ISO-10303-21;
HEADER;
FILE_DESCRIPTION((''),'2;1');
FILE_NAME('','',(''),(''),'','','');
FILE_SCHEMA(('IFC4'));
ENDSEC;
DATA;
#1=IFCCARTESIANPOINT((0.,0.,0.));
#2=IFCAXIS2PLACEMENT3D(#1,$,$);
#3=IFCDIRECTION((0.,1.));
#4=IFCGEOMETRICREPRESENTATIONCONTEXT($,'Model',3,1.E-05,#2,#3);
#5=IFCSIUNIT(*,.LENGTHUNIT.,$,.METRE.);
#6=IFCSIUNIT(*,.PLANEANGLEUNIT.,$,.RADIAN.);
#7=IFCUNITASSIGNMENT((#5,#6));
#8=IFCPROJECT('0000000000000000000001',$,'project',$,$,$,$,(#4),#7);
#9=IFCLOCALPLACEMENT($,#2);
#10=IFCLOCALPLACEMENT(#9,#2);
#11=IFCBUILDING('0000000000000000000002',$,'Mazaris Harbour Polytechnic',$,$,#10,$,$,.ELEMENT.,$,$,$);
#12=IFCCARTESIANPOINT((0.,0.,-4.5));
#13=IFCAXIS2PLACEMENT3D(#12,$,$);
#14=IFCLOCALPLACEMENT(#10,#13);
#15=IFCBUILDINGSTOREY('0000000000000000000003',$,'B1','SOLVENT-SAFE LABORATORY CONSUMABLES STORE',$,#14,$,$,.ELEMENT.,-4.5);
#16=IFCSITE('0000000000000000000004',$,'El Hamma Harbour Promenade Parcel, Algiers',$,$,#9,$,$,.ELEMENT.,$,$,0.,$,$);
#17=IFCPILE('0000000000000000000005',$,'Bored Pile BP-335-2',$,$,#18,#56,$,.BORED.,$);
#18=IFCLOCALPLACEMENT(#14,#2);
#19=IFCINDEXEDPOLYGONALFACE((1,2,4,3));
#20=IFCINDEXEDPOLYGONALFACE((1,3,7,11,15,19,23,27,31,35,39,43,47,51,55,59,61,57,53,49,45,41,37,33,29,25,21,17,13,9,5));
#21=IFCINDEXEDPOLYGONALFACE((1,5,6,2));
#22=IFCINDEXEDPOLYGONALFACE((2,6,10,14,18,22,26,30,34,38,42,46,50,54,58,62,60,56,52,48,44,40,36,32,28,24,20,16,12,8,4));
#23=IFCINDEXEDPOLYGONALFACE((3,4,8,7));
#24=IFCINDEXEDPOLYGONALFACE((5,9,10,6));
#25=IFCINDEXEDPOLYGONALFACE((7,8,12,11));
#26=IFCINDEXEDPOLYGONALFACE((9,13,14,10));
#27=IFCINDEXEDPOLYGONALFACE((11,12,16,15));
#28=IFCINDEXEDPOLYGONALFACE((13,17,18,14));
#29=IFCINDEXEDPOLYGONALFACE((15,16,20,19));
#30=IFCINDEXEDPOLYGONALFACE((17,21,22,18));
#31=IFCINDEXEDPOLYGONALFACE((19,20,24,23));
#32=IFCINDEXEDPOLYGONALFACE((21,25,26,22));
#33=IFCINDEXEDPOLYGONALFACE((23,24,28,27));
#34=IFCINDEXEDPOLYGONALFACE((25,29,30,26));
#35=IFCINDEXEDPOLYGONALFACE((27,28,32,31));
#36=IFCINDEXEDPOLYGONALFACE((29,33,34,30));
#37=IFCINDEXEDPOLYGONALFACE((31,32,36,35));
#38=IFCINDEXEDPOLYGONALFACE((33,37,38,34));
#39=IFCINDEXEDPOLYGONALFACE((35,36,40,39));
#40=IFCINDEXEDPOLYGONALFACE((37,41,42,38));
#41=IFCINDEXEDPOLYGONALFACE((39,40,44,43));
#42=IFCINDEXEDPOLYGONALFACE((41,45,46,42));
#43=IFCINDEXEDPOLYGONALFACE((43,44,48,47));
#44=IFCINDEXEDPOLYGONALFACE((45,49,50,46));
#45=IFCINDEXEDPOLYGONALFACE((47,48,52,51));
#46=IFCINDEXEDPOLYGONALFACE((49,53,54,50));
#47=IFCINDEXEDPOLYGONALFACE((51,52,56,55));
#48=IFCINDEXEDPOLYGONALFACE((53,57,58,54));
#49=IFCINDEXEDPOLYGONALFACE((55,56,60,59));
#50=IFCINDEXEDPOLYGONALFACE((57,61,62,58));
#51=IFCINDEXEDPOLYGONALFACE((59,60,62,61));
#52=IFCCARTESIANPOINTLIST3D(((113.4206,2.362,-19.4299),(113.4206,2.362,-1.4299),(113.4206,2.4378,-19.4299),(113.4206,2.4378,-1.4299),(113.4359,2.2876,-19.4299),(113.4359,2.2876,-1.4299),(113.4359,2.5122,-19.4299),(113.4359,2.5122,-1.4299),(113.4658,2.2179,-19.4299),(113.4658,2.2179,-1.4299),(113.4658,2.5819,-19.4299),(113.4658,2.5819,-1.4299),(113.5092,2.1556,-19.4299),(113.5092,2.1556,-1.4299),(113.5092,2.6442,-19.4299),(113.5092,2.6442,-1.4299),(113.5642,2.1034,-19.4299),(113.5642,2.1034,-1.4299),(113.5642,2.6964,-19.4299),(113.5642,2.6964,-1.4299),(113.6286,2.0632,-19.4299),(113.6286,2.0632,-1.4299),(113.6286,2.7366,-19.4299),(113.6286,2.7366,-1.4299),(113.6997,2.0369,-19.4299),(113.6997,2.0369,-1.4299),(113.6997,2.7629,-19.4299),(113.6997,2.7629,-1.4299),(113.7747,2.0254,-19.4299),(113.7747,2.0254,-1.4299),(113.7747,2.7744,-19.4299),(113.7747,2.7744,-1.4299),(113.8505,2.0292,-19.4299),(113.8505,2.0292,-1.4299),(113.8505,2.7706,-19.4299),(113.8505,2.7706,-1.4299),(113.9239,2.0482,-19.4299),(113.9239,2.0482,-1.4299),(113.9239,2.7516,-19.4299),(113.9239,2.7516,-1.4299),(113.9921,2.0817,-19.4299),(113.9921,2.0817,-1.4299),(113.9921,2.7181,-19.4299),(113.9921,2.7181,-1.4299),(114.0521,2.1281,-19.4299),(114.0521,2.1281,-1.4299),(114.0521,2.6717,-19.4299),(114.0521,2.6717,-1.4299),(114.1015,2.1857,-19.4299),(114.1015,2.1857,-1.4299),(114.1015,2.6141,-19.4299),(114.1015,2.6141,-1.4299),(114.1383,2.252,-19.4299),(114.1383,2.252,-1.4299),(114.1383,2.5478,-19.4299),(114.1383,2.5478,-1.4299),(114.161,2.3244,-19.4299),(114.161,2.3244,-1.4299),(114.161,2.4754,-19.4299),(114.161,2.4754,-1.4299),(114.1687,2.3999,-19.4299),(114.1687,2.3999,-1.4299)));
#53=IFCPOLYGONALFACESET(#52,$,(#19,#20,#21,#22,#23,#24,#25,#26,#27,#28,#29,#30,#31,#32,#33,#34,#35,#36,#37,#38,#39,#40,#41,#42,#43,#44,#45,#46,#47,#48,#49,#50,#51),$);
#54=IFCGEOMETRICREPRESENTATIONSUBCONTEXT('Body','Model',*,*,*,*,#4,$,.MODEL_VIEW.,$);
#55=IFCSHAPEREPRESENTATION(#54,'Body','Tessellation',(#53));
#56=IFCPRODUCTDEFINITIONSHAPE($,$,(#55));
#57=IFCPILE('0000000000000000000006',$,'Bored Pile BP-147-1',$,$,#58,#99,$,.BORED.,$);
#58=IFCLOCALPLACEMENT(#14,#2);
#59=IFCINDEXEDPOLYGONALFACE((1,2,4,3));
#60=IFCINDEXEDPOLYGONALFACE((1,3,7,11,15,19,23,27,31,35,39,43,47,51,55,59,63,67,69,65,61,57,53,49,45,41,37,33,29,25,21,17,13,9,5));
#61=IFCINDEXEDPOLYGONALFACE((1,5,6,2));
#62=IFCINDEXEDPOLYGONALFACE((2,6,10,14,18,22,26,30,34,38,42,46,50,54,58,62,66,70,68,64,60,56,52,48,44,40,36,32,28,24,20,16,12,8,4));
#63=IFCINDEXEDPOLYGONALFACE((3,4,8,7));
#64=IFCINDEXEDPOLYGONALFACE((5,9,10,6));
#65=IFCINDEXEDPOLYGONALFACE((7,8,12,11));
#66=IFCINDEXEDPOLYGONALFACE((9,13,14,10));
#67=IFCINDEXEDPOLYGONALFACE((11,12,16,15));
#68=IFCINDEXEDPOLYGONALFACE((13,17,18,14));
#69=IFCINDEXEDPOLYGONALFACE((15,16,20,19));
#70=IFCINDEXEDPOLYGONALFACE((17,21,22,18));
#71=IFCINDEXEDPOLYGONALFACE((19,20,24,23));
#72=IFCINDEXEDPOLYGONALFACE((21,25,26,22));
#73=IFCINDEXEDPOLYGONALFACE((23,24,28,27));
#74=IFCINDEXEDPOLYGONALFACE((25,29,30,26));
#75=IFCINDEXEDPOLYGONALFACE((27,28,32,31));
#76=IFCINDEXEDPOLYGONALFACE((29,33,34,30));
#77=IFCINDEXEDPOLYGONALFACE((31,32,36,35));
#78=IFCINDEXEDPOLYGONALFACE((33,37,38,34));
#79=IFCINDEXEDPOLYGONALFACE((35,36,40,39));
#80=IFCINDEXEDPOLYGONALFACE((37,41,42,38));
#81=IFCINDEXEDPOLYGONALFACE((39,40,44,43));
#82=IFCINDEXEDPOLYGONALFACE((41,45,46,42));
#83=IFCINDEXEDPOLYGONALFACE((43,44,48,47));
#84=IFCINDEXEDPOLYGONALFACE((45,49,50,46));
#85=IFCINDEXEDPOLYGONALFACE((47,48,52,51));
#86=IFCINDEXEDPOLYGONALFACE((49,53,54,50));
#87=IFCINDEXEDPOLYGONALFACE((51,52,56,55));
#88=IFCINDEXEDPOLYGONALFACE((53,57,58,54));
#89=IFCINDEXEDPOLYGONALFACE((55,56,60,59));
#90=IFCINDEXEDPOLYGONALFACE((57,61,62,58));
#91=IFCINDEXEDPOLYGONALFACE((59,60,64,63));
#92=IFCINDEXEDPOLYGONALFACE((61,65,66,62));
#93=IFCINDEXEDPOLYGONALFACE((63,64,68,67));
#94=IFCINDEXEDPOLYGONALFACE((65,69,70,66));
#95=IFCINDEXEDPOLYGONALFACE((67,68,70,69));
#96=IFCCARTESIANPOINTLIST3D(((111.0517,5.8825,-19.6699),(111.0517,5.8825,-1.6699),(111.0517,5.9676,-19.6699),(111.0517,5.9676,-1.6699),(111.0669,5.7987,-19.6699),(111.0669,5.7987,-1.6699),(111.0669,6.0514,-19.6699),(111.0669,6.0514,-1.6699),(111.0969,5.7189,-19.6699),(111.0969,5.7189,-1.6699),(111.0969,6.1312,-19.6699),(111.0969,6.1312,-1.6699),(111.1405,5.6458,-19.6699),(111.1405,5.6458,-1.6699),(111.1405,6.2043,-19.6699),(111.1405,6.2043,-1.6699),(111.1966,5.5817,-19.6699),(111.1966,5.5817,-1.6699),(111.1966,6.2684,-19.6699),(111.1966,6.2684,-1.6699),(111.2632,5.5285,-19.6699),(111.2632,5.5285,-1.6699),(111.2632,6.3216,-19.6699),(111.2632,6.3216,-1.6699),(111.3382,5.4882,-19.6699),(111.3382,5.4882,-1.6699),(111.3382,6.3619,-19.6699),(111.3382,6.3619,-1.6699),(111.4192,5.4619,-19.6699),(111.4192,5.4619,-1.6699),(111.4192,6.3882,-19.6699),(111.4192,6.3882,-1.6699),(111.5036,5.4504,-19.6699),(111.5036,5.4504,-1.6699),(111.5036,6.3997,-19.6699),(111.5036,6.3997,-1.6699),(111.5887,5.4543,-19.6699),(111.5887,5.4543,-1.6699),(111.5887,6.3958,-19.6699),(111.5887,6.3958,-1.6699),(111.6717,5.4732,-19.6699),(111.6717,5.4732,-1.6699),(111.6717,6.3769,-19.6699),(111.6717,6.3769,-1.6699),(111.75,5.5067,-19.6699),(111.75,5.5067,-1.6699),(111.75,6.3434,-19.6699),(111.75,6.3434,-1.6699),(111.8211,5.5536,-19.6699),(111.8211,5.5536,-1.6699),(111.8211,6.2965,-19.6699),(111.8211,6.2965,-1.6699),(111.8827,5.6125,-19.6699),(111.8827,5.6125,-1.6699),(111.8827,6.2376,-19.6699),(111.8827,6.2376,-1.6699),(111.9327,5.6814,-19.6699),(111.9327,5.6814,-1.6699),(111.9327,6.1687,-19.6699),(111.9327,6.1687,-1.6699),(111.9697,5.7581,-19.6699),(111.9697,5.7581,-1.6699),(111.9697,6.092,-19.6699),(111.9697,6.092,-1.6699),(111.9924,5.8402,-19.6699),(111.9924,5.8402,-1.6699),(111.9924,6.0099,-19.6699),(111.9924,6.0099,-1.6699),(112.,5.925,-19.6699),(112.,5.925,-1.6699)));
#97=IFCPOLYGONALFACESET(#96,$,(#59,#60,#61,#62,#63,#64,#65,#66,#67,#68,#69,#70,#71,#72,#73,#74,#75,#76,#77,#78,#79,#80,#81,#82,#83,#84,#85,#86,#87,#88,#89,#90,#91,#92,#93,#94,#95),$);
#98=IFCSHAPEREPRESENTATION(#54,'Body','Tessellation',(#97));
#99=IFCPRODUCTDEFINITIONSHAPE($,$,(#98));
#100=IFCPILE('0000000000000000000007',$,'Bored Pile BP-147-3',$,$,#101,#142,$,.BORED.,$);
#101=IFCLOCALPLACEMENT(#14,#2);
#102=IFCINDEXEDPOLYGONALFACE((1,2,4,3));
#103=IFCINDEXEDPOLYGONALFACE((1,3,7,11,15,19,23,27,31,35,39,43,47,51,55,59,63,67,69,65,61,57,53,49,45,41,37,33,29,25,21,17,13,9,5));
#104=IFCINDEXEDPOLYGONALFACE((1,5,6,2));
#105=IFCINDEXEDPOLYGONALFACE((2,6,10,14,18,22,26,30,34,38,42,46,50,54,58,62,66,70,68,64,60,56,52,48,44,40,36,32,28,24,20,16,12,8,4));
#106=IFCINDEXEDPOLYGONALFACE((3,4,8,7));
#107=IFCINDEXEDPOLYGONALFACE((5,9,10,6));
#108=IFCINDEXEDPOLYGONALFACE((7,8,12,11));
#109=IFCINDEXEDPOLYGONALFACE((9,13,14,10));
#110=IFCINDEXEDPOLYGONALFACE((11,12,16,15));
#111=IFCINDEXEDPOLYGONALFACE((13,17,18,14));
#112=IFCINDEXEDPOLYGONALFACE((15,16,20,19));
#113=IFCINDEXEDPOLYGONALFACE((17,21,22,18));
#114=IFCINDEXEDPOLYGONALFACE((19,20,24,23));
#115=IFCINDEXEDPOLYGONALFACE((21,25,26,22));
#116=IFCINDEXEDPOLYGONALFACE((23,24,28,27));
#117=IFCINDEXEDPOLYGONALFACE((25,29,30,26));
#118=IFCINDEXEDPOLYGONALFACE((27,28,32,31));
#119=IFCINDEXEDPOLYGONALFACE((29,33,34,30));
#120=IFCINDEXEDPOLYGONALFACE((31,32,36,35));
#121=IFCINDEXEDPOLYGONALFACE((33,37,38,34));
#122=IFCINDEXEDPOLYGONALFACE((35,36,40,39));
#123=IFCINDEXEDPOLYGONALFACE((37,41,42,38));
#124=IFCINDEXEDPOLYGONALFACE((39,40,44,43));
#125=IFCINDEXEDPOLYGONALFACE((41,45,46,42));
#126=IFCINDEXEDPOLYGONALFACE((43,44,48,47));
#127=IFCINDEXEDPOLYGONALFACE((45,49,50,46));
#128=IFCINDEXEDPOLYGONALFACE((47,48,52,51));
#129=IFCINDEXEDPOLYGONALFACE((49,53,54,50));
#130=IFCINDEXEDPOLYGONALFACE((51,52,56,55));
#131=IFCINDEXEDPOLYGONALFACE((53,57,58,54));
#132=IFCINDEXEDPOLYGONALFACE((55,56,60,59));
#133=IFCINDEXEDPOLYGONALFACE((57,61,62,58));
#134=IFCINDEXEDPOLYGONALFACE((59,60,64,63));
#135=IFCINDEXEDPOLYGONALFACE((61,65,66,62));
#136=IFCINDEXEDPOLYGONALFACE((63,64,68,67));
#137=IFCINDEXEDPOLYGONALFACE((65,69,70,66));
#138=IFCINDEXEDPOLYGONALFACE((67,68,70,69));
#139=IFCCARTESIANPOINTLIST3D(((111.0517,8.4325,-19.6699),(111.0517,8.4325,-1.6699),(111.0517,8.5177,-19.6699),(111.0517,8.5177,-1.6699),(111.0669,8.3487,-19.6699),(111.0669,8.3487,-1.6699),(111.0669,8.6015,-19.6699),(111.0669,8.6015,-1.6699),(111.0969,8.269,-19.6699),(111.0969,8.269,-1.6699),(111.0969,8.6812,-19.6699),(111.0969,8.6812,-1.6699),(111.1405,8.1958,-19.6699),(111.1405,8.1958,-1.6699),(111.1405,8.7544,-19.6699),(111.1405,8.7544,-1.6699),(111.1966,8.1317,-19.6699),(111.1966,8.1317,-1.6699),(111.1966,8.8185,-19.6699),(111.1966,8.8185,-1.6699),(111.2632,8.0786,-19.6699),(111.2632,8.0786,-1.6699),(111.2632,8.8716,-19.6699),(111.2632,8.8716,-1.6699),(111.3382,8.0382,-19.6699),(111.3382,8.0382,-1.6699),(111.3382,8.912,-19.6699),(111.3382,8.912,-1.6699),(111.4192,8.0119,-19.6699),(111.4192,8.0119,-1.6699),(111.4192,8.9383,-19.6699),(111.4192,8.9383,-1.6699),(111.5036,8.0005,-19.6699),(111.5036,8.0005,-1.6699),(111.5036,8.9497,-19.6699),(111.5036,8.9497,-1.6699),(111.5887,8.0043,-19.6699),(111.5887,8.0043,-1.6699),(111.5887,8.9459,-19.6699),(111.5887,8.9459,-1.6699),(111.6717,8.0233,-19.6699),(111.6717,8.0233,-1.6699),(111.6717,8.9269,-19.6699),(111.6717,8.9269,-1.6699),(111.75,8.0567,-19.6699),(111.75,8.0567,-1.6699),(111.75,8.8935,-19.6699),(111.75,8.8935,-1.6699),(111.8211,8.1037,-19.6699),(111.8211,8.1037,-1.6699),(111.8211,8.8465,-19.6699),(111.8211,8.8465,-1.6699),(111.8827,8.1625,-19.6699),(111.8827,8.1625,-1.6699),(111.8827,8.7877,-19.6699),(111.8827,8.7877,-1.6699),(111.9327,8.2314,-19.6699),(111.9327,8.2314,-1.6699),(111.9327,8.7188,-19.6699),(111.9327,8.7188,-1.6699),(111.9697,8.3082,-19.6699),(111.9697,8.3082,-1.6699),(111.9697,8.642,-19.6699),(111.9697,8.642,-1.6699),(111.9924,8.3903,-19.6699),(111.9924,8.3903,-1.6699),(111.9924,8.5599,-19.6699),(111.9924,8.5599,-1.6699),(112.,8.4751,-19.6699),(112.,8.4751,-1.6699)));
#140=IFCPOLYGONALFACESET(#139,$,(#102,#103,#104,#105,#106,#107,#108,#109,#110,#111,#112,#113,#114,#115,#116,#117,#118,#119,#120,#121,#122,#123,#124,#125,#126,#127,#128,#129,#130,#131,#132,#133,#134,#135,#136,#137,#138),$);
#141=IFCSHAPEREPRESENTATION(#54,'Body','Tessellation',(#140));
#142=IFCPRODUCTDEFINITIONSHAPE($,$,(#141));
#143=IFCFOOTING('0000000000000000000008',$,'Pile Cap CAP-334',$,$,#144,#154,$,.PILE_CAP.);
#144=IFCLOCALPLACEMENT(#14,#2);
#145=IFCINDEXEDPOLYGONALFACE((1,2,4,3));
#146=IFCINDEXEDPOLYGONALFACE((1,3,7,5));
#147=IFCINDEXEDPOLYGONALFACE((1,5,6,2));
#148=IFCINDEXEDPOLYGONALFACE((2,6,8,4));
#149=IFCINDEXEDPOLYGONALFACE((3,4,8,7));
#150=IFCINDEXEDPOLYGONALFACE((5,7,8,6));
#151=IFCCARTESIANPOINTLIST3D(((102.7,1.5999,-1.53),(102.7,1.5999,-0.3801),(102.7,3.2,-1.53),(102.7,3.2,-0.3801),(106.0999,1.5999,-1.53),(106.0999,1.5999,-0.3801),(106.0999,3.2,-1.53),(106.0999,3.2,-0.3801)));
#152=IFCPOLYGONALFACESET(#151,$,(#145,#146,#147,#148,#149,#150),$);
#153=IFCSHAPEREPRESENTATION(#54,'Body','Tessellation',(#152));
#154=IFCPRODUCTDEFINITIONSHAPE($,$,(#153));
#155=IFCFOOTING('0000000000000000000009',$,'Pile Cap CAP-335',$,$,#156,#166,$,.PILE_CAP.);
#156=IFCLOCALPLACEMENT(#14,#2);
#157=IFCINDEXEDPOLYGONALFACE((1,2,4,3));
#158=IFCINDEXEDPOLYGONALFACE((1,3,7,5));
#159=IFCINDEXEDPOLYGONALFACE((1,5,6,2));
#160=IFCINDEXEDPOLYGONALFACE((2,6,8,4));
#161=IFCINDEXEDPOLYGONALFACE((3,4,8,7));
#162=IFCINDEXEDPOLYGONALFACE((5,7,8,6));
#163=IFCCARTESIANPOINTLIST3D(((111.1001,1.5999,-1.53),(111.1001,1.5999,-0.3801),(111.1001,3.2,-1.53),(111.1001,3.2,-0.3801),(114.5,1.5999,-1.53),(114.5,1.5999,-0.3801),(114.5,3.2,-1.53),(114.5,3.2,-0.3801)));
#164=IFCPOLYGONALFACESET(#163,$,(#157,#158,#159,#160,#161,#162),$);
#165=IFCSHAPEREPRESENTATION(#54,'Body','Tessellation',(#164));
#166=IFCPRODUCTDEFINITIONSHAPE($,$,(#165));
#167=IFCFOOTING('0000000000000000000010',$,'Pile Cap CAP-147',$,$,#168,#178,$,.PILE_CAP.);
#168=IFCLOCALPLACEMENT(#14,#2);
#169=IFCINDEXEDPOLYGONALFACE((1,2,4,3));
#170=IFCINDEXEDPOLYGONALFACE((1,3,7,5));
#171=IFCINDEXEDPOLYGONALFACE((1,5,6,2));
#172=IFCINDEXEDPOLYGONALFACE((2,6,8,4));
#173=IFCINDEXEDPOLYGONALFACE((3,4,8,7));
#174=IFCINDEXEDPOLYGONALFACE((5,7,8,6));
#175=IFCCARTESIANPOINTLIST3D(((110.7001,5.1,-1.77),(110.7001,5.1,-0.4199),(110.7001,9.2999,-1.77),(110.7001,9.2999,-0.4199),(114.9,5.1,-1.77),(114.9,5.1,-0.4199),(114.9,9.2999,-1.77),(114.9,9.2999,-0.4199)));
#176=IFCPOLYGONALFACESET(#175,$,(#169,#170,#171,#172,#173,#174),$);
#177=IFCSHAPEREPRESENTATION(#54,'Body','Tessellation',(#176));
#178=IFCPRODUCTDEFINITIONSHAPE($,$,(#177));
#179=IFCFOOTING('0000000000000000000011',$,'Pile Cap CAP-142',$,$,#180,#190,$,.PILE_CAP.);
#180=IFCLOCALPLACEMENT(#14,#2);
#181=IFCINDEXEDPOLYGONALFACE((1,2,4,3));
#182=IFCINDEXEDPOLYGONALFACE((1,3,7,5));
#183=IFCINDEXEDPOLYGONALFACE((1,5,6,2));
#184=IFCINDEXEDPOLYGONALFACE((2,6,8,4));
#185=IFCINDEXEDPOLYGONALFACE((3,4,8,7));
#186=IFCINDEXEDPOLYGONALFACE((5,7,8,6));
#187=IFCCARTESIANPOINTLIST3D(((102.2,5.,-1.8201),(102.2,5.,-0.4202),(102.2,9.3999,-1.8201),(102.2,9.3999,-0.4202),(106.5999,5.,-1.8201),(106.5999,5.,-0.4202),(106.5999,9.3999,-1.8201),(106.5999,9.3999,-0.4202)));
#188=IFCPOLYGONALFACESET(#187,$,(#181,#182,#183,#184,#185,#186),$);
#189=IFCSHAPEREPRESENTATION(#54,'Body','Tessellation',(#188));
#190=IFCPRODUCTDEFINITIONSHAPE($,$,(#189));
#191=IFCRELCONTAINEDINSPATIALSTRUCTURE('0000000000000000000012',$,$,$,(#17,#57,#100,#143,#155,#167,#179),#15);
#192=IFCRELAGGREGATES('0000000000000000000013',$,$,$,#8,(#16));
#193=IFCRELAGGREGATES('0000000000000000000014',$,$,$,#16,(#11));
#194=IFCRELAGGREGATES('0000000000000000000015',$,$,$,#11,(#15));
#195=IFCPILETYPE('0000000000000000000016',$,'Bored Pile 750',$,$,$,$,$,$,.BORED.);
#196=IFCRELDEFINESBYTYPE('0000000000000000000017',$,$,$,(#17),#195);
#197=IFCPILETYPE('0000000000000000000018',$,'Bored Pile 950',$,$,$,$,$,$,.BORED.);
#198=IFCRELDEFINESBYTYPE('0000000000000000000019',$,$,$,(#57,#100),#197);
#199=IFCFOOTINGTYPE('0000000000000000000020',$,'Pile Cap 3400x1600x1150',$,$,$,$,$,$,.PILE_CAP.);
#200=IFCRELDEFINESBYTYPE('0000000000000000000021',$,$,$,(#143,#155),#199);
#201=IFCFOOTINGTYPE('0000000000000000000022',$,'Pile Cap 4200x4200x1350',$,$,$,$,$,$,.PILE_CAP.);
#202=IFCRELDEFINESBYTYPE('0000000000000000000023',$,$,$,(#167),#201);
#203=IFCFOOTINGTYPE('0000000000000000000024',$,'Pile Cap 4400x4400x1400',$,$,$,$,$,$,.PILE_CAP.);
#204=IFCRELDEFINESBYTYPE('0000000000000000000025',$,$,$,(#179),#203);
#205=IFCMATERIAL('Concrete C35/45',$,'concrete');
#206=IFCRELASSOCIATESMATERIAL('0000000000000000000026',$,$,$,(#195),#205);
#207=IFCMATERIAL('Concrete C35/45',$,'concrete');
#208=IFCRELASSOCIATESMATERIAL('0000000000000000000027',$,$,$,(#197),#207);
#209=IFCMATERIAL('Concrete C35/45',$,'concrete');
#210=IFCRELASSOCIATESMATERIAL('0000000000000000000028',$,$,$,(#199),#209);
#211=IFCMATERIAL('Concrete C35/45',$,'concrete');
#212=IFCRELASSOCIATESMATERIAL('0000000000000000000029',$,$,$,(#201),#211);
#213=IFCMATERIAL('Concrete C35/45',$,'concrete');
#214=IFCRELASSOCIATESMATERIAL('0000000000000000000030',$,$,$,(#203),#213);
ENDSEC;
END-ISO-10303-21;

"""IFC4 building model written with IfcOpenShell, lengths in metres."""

from ifc_helpers import new_model, si_unit, direction, frame, origin, origin_2d, place, context, subcontext, project, spatial, rectangle, circle, extrude, material, material_profile, profile_set, type_object, element, save


model = new_model("IFC4")

# Units and contexts
model_context = context("Model", 3, precision=1e-05, world=origin(), true_north=direction((0.0, 1.0)))
body_context = subcontext(model_context, "Body", "Model", "MODEL_VIEW")
ifc_project = project(units=[si_unit("LENGTHUNIT", "METRE"), si_unit("PLANEANGLEUNIT", "RADIAN")], contexts=[model_context])

# Site, building, storey
site_placement = place(None, origin())
site = spatial("IfcSite", under=ifc_project, at=site_placement, Name="El Hamma Harbour Promenade Parcel, Algiers", CompositionType="ELEMENT", RefElevation=0.0)
building_placement = place(site_placement, origin())
building = spatial("IfcBuilding", under=site, at=building_placement, Name="Mazaris Harbour Polytechnic", CompositionType="ELEMENT")
storey_placement = place(building_placement, frame((0.0, 0.0, -4.5)))
storey = spatial("IfcBuildingStorey", under=building, at=storey_placement, Name="B1", Description="SOLVENT-SAFE LABORATORY CONSUMABLES STORE", CompositionType="ELEMENT", Elevation=-4.5)

# Piles
ifc_material_1 = material(Name="Concrete C35/45", Category="concrete")
ifc_material_profile_1 = material_profile(ifc_material_1, circle(Radius=0.375, at=origin_2d()), Name="DIA750")
ifc_profile_set_1 = profile_set([ifc_material_profile_1], Name="Concrete C35/45")
pile_type_1 = type_object("IfcPileType", Name="Bored Pile 750", PredefinedType="BORED", material=ifc_profile_set_1)
for number, where, z_axis, x_axis, name in (
    (1, (113.7937, 2.3999, -1.4299), (0.0, 0.0, -1.0), (1.0, 0.0, 0.0), "Bored Pile BP-335-2"),
):
    element("IfcPile", number, at=place(storey_placement, frame(where, z_axis=z_axis, x_axis=x_axis)), inside=storey, type_object=pile_type_1, Name=name, PredefinedType="BORED", context=body_context, shape_type="SweptSolid", body=[
        extrude(circle(Radius=0.375, at=origin_2d()), origin(), (0.0, 0.0, 1.0), 18.0),
    ])
ifc_material_2 = material(Name="Concrete C35/45", Category="concrete")
ifc_material_profile_2 = material_profile(ifc_material_2, circle(Radius=0.4751, at=origin_2d()), Name="DIA950")
ifc_profile_set_2 = profile_set([ifc_material_profile_2], Name="Concrete C35/45")
pile_type_2 = type_object("IfcPileType", Name="Bored Pile 950", PredefinedType="BORED", material=ifc_profile_set_2)
for number, where, z_axis, x_axis, name in (
    (2, (111.5249, 5.925, -1.6699), (0.0, 0.0, -1.0), (1.0, 0.0, 0.0), "Bored Pile BP-147-1"),
    (3, (111.5249, 8.4751, -1.6699), (0.0, 0.0, -1.0), (1.0, 0.0, 0.0), "Bored Pile BP-147-3"),
):
    element("IfcPile", number, at=place(storey_placement, frame(where, z_axis=z_axis, x_axis=x_axis)), inside=storey, type_object=pile_type_2, Name=name, PredefinedType="BORED", context=body_context, shape_type="SweptSolid", body=[
        extrude(circle(Radius=0.4751, at=origin_2d()), origin(), (0.0, 0.0, 1.0), 18.0),
    ])

# Footings
ifc_material_3 = material(Name="Concrete C35/45", Category="concrete")
footing_type_1 = type_object("IfcFootingType", Name="Pile Cap 3400x1600x1150", PredefinedType="PILE_CAP", material=ifc_material_3)
for number, where, z_axis, x_axis, name in (
    (4, (104.3999, 2.3999, -1.53), (0.0, 0.0, 1.0), (1.0, 0.0, 0.0), "Pile Cap CAP-334"),
    (5, (112.8, 2.3999, -1.53), (0.0, 0.0, 1.0), (1.0, 0.0, 0.0), "Pile Cap CAP-335"),
):
    element("IfcFooting", number, at=place(storey_placement, frame(where, z_axis=z_axis, x_axis=x_axis)), inside=storey, type_object=footing_type_1, Name=name, PredefinedType="PILE_CAP", context=body_context, shape_type="SweptSolid", body=[
        extrude(rectangle(XDim=3.3999, YDim=1.6001, at=origin_2d()), origin(), (0.0, 0.0, 1.0), 1.1499),
    ])
ifc_material_4 = material(Name="Concrete C35/45", Category="concrete")
footing_type_2 = type_object("IfcFootingType", Name="Pile Cap 4200x4200x1350", PredefinedType="PILE_CAP", material=ifc_material_4)
footing_1_placement = place(storey_placement, frame((112.8, 7.2, -1.77), z_axis=(0.0, 0.0, 1.0), x_axis=(1.0, 0.0, 0.0)))
element("IfcFooting", 6, at=footing_1_placement, inside=storey, type_object=footing_type_2, Name="Pile Cap CAP-147", PredefinedType="PILE_CAP", context=body_context, shape_type="SweptSolid", body=[
    extrude(rectangle(XDim=4.2, YDim=4.2, at=origin_2d()), origin(), (0.0, 0.0, 1.0), 1.3501),
])
ifc_material_5 = material(Name="Concrete C35/45", Category="concrete")
footing_type_3 = type_object("IfcFootingType", Name="Pile Cap 4400x4400x1400", PredefinedType="PILE_CAP", material=ifc_material_5)
footing_2_placement = place(storey_placement, frame((104.3999, 7.2, -1.8201), z_axis=(0.0, 0.0, 1.0), x_axis=(1.0, 0.0, 0.0)))
element("IfcFooting", 7, at=footing_2_placement, inside=storey, type_object=footing_type_3, Name="Pile Cap CAP-142", PredefinedType="PILE_CAP", context=body_context, shape_type="SweptSolid", body=[
    extrude(rectangle(XDim=4.3999, YDim=4.3999, at=origin_2d()), origin(), (0.0, 0.0, 1.0), 1.3999),
])

save(model, "model.ifc")
